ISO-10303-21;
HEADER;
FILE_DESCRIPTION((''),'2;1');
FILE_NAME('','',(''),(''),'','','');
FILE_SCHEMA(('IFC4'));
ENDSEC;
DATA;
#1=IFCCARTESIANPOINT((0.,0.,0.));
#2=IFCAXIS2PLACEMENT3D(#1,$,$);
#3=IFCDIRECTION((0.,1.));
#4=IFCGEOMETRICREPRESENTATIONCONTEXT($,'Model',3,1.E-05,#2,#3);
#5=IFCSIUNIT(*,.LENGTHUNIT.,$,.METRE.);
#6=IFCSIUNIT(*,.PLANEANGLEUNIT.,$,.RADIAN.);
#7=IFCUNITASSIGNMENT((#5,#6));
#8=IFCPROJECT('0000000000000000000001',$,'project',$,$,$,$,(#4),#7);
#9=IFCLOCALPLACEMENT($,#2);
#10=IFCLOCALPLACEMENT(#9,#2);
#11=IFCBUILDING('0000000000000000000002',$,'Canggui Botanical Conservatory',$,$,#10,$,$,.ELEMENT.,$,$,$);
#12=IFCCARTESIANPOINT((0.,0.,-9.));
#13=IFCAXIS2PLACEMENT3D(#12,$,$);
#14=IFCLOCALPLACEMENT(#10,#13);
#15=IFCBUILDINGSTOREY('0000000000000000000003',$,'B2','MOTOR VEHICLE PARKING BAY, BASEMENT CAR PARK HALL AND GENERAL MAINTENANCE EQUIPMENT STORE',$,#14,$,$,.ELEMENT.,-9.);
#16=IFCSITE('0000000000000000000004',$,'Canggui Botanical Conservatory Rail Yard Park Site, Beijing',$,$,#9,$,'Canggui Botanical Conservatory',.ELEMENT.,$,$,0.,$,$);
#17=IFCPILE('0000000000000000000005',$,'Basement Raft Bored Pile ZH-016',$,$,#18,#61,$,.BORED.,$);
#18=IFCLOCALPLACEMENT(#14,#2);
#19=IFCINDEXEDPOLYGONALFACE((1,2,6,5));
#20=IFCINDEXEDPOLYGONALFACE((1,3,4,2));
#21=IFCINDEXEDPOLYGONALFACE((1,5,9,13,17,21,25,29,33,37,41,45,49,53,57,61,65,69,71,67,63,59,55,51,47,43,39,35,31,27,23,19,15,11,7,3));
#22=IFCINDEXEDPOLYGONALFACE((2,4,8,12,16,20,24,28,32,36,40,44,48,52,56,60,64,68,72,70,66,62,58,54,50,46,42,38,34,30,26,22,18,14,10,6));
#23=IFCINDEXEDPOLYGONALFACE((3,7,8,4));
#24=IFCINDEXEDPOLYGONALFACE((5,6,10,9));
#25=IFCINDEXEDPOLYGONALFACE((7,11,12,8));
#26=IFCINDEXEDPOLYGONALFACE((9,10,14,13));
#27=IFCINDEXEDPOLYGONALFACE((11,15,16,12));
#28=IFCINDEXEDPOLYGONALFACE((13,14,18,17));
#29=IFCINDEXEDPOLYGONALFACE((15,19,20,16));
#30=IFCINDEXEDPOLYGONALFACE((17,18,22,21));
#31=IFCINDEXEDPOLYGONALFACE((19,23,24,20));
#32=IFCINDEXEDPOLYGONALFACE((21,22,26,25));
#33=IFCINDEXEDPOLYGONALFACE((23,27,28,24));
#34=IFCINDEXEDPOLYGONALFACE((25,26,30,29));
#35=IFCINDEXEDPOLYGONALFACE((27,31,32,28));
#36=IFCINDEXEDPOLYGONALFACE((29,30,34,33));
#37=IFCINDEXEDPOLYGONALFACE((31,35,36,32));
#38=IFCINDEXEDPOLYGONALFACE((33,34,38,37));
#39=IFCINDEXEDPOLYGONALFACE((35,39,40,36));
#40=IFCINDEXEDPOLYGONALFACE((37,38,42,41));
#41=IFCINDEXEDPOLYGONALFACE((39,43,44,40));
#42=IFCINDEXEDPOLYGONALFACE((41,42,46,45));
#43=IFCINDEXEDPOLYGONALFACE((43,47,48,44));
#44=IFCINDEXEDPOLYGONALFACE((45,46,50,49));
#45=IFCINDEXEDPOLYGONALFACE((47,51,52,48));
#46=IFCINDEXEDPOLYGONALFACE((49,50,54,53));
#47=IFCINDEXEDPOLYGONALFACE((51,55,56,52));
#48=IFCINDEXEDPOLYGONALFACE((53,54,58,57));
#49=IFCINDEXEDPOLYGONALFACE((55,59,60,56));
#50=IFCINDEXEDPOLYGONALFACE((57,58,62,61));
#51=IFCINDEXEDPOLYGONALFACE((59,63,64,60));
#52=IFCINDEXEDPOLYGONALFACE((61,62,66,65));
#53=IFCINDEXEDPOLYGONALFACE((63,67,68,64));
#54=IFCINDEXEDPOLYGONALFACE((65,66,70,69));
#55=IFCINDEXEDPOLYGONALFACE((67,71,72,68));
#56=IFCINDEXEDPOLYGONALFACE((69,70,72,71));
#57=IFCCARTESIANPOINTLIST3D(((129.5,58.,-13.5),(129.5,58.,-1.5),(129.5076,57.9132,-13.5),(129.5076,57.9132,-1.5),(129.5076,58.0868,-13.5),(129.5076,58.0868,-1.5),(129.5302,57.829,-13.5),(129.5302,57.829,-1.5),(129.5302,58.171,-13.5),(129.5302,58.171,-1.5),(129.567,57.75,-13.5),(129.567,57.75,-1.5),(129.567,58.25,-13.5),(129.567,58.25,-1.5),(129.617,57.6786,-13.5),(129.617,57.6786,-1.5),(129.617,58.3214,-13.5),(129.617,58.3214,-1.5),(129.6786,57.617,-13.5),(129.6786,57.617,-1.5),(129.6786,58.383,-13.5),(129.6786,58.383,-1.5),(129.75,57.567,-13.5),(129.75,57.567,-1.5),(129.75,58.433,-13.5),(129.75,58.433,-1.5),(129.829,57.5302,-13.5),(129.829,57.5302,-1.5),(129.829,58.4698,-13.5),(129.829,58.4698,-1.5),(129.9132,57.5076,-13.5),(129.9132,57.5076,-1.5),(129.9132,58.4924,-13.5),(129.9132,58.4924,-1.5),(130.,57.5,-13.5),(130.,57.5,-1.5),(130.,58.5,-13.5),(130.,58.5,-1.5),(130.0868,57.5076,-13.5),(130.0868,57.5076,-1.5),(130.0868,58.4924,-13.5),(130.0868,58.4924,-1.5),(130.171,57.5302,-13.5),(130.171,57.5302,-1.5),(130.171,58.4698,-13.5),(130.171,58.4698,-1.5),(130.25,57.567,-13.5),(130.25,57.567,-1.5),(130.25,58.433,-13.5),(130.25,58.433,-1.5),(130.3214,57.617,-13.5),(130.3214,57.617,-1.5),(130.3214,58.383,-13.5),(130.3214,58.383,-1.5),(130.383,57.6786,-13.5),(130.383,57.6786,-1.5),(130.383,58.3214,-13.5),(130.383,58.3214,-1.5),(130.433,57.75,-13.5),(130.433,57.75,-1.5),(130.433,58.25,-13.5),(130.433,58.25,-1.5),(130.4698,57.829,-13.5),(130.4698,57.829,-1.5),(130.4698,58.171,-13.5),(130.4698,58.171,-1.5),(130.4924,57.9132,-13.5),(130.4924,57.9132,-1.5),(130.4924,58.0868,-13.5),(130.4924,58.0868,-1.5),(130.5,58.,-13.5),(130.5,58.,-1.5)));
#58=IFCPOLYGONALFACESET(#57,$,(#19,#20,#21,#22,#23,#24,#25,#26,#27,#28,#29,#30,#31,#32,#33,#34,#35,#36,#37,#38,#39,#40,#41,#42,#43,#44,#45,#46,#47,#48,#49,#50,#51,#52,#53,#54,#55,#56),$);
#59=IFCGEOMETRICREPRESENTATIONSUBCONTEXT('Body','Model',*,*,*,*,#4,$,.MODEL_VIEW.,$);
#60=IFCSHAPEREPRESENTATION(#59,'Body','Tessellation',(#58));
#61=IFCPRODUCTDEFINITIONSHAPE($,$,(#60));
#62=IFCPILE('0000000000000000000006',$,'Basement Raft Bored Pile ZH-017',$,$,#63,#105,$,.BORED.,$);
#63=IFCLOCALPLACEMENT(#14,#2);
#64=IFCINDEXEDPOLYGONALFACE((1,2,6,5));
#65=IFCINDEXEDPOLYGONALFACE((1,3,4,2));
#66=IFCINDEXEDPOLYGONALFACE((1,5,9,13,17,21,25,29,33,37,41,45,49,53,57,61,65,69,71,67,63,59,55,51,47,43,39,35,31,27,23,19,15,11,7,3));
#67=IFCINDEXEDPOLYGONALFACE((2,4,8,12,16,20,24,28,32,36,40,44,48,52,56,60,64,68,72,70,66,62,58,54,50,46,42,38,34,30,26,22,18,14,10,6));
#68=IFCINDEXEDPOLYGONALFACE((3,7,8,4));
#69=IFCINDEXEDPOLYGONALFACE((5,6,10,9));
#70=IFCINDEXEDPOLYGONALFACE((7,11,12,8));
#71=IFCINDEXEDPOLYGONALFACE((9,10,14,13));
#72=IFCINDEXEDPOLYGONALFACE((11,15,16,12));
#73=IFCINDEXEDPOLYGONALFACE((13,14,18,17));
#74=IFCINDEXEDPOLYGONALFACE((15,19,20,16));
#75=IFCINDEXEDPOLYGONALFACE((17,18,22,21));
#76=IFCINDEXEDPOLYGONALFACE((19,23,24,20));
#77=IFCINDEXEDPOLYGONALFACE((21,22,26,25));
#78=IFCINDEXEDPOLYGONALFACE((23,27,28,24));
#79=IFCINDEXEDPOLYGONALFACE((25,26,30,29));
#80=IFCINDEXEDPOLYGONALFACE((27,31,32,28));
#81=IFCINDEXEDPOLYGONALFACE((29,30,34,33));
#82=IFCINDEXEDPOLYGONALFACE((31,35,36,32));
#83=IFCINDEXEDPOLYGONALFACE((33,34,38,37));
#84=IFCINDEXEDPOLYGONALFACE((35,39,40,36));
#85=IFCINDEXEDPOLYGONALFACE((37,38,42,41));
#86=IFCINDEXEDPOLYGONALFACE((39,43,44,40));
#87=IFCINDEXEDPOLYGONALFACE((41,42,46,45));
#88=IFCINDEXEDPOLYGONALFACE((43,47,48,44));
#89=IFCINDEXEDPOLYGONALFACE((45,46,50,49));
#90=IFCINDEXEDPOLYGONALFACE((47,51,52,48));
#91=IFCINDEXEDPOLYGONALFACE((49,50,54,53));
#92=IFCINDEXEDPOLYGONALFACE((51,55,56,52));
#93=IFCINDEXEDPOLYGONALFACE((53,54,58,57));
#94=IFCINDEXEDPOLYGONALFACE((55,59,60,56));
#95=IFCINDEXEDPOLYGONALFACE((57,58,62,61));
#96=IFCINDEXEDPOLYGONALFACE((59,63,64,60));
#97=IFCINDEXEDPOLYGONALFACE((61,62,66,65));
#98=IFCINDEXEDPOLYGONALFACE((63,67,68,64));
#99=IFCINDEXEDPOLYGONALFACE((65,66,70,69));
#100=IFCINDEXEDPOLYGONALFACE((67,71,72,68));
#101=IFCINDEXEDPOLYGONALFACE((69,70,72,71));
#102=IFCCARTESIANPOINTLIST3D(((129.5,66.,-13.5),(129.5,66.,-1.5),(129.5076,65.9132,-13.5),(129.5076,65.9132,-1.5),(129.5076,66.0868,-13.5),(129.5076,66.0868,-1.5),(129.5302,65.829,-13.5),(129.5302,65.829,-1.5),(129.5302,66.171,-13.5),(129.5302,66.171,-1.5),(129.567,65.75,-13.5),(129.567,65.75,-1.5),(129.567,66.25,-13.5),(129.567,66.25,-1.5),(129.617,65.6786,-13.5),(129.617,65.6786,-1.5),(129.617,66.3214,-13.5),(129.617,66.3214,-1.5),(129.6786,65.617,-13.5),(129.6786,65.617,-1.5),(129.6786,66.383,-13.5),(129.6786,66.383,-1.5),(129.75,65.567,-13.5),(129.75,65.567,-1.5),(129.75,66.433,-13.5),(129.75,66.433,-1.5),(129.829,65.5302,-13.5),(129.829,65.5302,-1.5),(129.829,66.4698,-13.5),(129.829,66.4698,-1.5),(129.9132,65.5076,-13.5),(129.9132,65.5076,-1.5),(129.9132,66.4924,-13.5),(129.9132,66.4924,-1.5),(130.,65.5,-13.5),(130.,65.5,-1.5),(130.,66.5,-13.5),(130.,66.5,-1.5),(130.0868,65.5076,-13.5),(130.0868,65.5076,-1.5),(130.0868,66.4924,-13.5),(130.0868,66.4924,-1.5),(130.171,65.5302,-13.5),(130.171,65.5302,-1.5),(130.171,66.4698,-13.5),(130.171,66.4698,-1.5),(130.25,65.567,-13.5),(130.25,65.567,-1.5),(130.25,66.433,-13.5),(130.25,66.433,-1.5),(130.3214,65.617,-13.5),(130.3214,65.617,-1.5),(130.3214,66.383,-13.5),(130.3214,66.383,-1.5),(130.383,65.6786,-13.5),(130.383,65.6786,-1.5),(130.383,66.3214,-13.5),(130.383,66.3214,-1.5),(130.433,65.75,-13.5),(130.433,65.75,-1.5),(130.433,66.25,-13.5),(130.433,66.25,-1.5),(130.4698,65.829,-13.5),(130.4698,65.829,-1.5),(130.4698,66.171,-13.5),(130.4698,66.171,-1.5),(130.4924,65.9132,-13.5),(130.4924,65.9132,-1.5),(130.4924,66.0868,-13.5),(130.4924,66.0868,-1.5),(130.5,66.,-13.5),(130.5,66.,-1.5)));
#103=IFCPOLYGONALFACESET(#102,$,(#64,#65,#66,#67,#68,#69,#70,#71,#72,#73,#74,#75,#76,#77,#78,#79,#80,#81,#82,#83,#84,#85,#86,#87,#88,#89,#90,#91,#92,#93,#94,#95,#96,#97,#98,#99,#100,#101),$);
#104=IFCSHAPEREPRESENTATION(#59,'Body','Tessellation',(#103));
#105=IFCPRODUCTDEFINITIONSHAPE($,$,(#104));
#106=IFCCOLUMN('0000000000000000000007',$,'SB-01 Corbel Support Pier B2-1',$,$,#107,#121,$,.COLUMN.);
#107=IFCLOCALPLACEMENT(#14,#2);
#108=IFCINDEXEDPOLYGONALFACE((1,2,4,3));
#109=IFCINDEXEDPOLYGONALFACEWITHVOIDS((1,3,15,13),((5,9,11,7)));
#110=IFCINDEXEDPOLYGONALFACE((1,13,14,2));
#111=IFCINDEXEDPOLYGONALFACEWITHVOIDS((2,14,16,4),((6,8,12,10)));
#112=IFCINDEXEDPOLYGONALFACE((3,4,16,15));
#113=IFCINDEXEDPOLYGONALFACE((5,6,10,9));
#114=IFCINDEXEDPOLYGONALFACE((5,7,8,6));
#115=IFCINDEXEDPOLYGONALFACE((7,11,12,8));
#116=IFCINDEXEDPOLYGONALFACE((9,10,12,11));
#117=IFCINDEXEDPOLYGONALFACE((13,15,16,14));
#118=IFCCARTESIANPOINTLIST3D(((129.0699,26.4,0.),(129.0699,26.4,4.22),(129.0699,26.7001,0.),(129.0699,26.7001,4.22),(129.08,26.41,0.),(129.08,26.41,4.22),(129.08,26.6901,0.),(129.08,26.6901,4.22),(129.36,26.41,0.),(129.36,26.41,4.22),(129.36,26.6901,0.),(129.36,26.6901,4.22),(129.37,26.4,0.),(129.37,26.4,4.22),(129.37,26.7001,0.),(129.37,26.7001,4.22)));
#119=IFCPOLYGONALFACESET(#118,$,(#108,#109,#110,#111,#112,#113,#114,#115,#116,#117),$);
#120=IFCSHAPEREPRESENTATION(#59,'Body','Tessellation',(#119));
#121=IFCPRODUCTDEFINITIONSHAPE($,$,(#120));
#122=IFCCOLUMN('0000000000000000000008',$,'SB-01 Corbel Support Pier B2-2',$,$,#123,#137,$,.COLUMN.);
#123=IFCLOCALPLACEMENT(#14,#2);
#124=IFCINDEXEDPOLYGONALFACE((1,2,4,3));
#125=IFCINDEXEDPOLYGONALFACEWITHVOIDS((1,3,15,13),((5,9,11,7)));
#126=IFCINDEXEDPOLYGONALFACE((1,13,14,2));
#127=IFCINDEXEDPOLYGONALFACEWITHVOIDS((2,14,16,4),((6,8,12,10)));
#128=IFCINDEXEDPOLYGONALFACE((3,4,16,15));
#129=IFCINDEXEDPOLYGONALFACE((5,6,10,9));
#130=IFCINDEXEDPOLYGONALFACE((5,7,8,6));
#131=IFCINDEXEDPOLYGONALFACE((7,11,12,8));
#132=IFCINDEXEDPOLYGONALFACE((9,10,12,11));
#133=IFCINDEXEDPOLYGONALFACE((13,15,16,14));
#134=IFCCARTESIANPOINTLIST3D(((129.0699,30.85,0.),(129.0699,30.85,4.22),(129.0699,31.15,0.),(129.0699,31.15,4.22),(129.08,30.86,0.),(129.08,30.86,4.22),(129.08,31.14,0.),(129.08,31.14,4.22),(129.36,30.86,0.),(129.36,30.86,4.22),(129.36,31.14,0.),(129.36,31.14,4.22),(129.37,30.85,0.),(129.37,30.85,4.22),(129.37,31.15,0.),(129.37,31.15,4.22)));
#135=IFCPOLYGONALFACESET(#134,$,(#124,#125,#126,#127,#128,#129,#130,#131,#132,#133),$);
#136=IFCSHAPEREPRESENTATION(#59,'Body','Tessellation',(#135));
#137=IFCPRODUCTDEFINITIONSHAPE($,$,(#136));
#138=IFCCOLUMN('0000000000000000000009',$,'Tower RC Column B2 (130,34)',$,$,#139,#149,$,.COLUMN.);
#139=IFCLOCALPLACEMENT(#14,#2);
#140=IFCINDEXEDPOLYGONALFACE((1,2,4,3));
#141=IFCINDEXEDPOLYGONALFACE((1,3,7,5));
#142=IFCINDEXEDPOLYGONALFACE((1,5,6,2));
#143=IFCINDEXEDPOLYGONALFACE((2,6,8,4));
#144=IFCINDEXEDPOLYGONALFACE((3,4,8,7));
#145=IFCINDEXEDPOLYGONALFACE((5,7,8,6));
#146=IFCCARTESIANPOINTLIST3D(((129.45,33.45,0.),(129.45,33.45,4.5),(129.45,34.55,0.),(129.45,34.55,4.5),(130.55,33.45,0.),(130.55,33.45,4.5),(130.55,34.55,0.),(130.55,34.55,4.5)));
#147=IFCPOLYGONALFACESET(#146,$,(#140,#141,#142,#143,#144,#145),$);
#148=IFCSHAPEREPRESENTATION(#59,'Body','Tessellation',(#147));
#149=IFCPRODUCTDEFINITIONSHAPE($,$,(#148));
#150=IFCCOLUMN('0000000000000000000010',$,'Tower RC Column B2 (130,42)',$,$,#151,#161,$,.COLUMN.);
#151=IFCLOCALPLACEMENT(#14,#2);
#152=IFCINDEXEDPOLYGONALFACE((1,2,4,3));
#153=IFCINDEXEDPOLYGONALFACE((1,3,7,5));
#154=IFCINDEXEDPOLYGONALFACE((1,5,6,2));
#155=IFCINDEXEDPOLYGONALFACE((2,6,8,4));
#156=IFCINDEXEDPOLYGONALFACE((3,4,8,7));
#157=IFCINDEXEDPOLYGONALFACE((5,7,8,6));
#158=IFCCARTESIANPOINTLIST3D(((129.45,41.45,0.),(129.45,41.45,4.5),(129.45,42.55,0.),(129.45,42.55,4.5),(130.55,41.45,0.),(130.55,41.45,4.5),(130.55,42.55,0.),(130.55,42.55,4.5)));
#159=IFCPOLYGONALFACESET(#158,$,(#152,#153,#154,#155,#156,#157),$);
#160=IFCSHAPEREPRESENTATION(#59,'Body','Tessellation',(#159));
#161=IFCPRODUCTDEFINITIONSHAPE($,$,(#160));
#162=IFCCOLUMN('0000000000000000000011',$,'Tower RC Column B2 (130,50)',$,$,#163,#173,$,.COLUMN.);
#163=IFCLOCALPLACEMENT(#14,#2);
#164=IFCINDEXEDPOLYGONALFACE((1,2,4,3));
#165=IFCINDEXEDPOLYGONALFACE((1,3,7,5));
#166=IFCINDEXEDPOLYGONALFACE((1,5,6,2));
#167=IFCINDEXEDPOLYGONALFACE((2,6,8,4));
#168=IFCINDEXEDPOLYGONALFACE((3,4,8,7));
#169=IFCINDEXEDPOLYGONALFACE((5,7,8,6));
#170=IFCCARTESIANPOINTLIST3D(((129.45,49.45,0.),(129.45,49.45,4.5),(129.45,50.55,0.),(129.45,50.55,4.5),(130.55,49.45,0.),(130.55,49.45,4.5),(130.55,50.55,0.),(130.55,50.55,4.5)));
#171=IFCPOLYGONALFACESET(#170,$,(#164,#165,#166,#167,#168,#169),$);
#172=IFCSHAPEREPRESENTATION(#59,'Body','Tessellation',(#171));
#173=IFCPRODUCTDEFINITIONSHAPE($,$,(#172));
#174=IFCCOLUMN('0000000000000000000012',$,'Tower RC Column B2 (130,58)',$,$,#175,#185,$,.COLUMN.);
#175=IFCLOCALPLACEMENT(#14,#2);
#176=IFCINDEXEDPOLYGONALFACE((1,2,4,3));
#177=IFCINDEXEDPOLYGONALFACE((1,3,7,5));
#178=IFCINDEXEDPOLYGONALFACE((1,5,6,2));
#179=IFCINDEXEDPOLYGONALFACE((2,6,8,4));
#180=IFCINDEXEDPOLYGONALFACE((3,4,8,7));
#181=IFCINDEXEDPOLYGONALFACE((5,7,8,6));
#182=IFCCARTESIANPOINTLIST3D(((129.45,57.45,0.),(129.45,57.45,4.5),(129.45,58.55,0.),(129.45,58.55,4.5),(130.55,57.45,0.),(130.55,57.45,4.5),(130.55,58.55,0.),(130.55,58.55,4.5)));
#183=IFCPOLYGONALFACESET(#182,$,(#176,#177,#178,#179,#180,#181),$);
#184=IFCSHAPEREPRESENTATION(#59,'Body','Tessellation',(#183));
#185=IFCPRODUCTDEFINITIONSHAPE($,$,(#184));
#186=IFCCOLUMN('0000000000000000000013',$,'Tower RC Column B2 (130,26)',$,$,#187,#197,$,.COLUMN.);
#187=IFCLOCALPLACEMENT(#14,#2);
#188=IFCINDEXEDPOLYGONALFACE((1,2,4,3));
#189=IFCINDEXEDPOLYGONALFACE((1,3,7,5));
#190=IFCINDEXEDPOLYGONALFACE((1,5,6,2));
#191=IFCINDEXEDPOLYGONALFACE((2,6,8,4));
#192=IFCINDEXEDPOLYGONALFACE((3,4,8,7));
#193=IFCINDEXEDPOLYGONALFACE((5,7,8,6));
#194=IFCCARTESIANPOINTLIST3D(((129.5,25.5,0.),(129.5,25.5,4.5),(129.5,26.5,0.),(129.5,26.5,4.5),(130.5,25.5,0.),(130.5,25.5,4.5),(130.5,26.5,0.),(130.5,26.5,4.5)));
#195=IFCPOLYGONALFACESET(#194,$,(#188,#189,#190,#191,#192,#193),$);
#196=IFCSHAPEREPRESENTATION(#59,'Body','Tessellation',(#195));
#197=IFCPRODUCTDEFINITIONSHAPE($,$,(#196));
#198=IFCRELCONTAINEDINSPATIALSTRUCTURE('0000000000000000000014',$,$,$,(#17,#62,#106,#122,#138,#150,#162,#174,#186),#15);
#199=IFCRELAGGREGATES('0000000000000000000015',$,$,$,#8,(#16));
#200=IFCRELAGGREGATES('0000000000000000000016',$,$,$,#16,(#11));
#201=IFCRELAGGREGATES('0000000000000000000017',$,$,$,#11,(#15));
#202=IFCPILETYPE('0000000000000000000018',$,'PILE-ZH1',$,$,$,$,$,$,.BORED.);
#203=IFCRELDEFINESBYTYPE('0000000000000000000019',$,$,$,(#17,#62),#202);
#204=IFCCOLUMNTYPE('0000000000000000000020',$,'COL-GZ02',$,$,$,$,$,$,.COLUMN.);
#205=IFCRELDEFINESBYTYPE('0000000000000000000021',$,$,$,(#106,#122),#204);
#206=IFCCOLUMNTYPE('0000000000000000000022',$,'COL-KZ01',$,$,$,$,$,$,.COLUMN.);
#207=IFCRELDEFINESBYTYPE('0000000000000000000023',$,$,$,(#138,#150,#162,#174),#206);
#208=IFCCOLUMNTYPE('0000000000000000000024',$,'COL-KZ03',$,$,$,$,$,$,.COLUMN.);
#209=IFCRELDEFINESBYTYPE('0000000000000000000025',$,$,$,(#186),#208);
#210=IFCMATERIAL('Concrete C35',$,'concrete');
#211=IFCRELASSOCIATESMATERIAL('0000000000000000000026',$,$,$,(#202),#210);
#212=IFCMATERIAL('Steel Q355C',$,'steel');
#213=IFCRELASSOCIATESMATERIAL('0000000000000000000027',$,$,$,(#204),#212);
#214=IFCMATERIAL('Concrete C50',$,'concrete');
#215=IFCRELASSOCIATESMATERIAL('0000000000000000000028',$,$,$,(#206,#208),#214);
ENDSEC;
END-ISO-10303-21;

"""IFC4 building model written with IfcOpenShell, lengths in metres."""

from ifc_helpers import new_model, si_unit, direction, frame, origin, origin_2d, place, context, subcontext, project, spatial, rectangle, hollow_rectangle, circle, extrude, material, material_profile, profile_set, type_object, element, save


model = new_model("IFC4")

# Units and contexts
model_context = context("Model", 3, precision=1e-05, world=origin(), true_north=direction((0.0, 1.0)))
body_context = subcontext(model_context, "Body", "Model", "MODEL_VIEW")
ifc_project = project(units=[si_unit("LENGTHUNIT", "METRE"), si_unit("PLANEANGLEUNIT", "RADIAN")], contexts=[model_context])

# Site, building, storey
site_placement = place(None, origin())
site = spatial("IfcSite", under=ifc_project, at=site_placement, Name="Canggui Botanical Conservatory Rail Yard Park Site, Beijing", LongName="Canggui Botanical Conservatory", CompositionType="ELEMENT", RefElevation=0.0)
building_placement = place(site_placement, origin())
building = spatial("IfcBuilding", under=site, at=building_placement, Name="Canggui Botanical Conservatory", CompositionType="ELEMENT")
storey_placement = place(building_placement, frame((0.0, 0.0, -9.0)))
storey = spatial("IfcBuildingStorey", under=building, at=storey_placement, Name="B2", Description="MOTOR VEHICLE PARKING BAY, BASEMENT CAR PARK HALL AND GENERAL MAINTENANCE EQUIPMENT STORE", CompositionType="ELEMENT", Elevation=-9.0)

# Piles
ifc_material_1 = material(Name="Concrete C35", Category="concrete")
ifc_material_profile_1 = material_profile(ifc_material_1, circle(Radius=0.5, at=origin_2d()), Name="PILE D1000")
ifc_profile_set_1 = profile_set([ifc_material_profile_1], Name="Concrete C35")
pile_type = type_object("IfcPileType", Name="PILE-ZH1", PredefinedType="BORED", material=ifc_profile_set_1)
for number, where, z_axis, x_axis, name in (
    (1, (130.0, 58.0, -1.5), (0.0, 0.0, -1.0), (1.0, 0.0, 0.0), "Basement Raft Bored Pile ZH-016"),
    (2, (130.0, 66.0, -1.5), (0.0, 0.0, -1.0), (1.0, 0.0, 0.0), "Basement Raft Bored Pile ZH-017"),
):
    element("IfcPile", number, at=place(storey_placement, frame(where, z_axis=z_axis, x_axis=x_axis)), inside=storey, type_object=pile_type, Name=name, PredefinedType="BORED", context=body_context, shape_type="SweptSolid", body=[
        extrude(circle(Radius=0.5, at=origin_2d()), origin(), (0.0, 0.0, 1.0), 12.0),
    ])

# Columns
ifc_material_2 = material(Name="Steel Q355C", Category="steel")
ifc_material_profile_2 = material_profile(ifc_material_2, hollow_rectangle(XDim=0.3, YDim=0.3, WallThickness=0.01, at=origin_2d()), Name="SHS 300x300x10")
ifc_profile_set_2 = profile_set([ifc_material_profile_2], Name="Steel Q355C")
column_type_1 = type_object("IfcColumnType", Name="COL-GZ02", PredefinedType="COLUMN", material=ifc_profile_set_2)
for number, where, z_axis, x_axis, name in (
    (3, (129.22, 26.55, 0.0), (0.0, 0.0, 1.0), (1.0, 0.0, 0.0), "SB-01 Corbel Support Pier B2-1"),
    (4, (129.22, 31.0, 0.0), (0.0, 0.0, 1.0), (1.0, 0.0, 0.0), "SB-01 Corbel Support Pier B2-2"),
):
    element("IfcColumn", number, at=place(storey_placement, frame(where, z_axis=z_axis, x_axis=x_axis)), inside=storey, type_object=column_type_1, Name=name, PredefinedType="COLUMN", context=body_context, shape_type="SweptSolid", body=[
        extrude(hollow_rectangle(XDim=0.3, YDim=0.3, WallThickness=0.01, at=origin_2d()), origin(), (0.0, 0.0, 1.0), 4.22),
    ])
ifc_material_3 = material(Name="Concrete C50", Category="concrete")
ifc_material_profile_3 = material_profile(ifc_material_3, rectangle(XDim=1.1001, YDim=1.1001, at=origin_2d()), Name="RC 1100x1100")
ifc_profile_set_3 = profile_set([ifc_material_profile_3], Name="Concrete C50")
column_type_2 = type_object("IfcColumnType", Name="COL-KZ01", PredefinedType="COLUMN", material=ifc_profile_set_3)
for number, where, z_axis, x_axis, name in (
    (5, (130.0, 34.0, 0.0), (0.0, 0.0, 1.0), (1.0, 0.0, 0.0), "Tower RC Column B2 (130,34)"),
    (6, (130.0, 42.0, 0.0), (0.0, 0.0, 1.0), (1.0, 0.0, 0.0), "Tower RC Column B2 (130,42)"),
    (7, (130.0, 50.0, 0.0), (0.0, 0.0, 1.0), (1.0, 0.0, 0.0), "Tower RC Column B2 (130,50)"),
    (8, (130.0, 58.0, 0.0), (0.0, 0.0, 1.0), (1.0, 0.0, 0.0), "Tower RC Column B2 (130,58)"),
):
    element("IfcColumn", number, at=place(storey_placement, frame(where, z_axis=z_axis, x_axis=x_axis)), inside=storey, type_object=column_type_2, Name=name, PredefinedType="COLUMN", context=body_context, shape_type="SweptSolid", body=[
        extrude(rectangle(XDim=1.1001, YDim=1.1001, at=origin_2d()), origin(), (0.0, 0.0, 1.0), 4.5),
    ])
ifc_material_profile_4 = material_profile(ifc_material_3, rectangle(XDim=1.0, YDim=1.0, at=origin_2d()), Name="RC 1000x1000")
ifc_profile_set_4 = profile_set([ifc_material_profile_4], Name="Concrete C50")
column_type_3 = type_object("IfcColumnType", Name="COL-KZ03", PredefinedType="COLUMN", material=ifc_profile_set_4)
column_placement = place(storey_placement, frame((130.0, 26.0, 0.0), z_axis=(0.0, 0.0, 1.0), x_axis=(1.0, 0.0, 0.0)))
element("IfcColumn", 9, at=column_placement, inside=storey, type_object=column_type_3, Name="Tower RC Column B2 (130,26)", PredefinedType="COLUMN", context=body_context, shape_type="SweptSolid", body=[
    extrude(rectangle(XDim=1.0, YDim=1.0, at=origin_2d()), origin(), (0.0, 0.0, 1.0), 4.5),
])

save(model, "model.ifc")
